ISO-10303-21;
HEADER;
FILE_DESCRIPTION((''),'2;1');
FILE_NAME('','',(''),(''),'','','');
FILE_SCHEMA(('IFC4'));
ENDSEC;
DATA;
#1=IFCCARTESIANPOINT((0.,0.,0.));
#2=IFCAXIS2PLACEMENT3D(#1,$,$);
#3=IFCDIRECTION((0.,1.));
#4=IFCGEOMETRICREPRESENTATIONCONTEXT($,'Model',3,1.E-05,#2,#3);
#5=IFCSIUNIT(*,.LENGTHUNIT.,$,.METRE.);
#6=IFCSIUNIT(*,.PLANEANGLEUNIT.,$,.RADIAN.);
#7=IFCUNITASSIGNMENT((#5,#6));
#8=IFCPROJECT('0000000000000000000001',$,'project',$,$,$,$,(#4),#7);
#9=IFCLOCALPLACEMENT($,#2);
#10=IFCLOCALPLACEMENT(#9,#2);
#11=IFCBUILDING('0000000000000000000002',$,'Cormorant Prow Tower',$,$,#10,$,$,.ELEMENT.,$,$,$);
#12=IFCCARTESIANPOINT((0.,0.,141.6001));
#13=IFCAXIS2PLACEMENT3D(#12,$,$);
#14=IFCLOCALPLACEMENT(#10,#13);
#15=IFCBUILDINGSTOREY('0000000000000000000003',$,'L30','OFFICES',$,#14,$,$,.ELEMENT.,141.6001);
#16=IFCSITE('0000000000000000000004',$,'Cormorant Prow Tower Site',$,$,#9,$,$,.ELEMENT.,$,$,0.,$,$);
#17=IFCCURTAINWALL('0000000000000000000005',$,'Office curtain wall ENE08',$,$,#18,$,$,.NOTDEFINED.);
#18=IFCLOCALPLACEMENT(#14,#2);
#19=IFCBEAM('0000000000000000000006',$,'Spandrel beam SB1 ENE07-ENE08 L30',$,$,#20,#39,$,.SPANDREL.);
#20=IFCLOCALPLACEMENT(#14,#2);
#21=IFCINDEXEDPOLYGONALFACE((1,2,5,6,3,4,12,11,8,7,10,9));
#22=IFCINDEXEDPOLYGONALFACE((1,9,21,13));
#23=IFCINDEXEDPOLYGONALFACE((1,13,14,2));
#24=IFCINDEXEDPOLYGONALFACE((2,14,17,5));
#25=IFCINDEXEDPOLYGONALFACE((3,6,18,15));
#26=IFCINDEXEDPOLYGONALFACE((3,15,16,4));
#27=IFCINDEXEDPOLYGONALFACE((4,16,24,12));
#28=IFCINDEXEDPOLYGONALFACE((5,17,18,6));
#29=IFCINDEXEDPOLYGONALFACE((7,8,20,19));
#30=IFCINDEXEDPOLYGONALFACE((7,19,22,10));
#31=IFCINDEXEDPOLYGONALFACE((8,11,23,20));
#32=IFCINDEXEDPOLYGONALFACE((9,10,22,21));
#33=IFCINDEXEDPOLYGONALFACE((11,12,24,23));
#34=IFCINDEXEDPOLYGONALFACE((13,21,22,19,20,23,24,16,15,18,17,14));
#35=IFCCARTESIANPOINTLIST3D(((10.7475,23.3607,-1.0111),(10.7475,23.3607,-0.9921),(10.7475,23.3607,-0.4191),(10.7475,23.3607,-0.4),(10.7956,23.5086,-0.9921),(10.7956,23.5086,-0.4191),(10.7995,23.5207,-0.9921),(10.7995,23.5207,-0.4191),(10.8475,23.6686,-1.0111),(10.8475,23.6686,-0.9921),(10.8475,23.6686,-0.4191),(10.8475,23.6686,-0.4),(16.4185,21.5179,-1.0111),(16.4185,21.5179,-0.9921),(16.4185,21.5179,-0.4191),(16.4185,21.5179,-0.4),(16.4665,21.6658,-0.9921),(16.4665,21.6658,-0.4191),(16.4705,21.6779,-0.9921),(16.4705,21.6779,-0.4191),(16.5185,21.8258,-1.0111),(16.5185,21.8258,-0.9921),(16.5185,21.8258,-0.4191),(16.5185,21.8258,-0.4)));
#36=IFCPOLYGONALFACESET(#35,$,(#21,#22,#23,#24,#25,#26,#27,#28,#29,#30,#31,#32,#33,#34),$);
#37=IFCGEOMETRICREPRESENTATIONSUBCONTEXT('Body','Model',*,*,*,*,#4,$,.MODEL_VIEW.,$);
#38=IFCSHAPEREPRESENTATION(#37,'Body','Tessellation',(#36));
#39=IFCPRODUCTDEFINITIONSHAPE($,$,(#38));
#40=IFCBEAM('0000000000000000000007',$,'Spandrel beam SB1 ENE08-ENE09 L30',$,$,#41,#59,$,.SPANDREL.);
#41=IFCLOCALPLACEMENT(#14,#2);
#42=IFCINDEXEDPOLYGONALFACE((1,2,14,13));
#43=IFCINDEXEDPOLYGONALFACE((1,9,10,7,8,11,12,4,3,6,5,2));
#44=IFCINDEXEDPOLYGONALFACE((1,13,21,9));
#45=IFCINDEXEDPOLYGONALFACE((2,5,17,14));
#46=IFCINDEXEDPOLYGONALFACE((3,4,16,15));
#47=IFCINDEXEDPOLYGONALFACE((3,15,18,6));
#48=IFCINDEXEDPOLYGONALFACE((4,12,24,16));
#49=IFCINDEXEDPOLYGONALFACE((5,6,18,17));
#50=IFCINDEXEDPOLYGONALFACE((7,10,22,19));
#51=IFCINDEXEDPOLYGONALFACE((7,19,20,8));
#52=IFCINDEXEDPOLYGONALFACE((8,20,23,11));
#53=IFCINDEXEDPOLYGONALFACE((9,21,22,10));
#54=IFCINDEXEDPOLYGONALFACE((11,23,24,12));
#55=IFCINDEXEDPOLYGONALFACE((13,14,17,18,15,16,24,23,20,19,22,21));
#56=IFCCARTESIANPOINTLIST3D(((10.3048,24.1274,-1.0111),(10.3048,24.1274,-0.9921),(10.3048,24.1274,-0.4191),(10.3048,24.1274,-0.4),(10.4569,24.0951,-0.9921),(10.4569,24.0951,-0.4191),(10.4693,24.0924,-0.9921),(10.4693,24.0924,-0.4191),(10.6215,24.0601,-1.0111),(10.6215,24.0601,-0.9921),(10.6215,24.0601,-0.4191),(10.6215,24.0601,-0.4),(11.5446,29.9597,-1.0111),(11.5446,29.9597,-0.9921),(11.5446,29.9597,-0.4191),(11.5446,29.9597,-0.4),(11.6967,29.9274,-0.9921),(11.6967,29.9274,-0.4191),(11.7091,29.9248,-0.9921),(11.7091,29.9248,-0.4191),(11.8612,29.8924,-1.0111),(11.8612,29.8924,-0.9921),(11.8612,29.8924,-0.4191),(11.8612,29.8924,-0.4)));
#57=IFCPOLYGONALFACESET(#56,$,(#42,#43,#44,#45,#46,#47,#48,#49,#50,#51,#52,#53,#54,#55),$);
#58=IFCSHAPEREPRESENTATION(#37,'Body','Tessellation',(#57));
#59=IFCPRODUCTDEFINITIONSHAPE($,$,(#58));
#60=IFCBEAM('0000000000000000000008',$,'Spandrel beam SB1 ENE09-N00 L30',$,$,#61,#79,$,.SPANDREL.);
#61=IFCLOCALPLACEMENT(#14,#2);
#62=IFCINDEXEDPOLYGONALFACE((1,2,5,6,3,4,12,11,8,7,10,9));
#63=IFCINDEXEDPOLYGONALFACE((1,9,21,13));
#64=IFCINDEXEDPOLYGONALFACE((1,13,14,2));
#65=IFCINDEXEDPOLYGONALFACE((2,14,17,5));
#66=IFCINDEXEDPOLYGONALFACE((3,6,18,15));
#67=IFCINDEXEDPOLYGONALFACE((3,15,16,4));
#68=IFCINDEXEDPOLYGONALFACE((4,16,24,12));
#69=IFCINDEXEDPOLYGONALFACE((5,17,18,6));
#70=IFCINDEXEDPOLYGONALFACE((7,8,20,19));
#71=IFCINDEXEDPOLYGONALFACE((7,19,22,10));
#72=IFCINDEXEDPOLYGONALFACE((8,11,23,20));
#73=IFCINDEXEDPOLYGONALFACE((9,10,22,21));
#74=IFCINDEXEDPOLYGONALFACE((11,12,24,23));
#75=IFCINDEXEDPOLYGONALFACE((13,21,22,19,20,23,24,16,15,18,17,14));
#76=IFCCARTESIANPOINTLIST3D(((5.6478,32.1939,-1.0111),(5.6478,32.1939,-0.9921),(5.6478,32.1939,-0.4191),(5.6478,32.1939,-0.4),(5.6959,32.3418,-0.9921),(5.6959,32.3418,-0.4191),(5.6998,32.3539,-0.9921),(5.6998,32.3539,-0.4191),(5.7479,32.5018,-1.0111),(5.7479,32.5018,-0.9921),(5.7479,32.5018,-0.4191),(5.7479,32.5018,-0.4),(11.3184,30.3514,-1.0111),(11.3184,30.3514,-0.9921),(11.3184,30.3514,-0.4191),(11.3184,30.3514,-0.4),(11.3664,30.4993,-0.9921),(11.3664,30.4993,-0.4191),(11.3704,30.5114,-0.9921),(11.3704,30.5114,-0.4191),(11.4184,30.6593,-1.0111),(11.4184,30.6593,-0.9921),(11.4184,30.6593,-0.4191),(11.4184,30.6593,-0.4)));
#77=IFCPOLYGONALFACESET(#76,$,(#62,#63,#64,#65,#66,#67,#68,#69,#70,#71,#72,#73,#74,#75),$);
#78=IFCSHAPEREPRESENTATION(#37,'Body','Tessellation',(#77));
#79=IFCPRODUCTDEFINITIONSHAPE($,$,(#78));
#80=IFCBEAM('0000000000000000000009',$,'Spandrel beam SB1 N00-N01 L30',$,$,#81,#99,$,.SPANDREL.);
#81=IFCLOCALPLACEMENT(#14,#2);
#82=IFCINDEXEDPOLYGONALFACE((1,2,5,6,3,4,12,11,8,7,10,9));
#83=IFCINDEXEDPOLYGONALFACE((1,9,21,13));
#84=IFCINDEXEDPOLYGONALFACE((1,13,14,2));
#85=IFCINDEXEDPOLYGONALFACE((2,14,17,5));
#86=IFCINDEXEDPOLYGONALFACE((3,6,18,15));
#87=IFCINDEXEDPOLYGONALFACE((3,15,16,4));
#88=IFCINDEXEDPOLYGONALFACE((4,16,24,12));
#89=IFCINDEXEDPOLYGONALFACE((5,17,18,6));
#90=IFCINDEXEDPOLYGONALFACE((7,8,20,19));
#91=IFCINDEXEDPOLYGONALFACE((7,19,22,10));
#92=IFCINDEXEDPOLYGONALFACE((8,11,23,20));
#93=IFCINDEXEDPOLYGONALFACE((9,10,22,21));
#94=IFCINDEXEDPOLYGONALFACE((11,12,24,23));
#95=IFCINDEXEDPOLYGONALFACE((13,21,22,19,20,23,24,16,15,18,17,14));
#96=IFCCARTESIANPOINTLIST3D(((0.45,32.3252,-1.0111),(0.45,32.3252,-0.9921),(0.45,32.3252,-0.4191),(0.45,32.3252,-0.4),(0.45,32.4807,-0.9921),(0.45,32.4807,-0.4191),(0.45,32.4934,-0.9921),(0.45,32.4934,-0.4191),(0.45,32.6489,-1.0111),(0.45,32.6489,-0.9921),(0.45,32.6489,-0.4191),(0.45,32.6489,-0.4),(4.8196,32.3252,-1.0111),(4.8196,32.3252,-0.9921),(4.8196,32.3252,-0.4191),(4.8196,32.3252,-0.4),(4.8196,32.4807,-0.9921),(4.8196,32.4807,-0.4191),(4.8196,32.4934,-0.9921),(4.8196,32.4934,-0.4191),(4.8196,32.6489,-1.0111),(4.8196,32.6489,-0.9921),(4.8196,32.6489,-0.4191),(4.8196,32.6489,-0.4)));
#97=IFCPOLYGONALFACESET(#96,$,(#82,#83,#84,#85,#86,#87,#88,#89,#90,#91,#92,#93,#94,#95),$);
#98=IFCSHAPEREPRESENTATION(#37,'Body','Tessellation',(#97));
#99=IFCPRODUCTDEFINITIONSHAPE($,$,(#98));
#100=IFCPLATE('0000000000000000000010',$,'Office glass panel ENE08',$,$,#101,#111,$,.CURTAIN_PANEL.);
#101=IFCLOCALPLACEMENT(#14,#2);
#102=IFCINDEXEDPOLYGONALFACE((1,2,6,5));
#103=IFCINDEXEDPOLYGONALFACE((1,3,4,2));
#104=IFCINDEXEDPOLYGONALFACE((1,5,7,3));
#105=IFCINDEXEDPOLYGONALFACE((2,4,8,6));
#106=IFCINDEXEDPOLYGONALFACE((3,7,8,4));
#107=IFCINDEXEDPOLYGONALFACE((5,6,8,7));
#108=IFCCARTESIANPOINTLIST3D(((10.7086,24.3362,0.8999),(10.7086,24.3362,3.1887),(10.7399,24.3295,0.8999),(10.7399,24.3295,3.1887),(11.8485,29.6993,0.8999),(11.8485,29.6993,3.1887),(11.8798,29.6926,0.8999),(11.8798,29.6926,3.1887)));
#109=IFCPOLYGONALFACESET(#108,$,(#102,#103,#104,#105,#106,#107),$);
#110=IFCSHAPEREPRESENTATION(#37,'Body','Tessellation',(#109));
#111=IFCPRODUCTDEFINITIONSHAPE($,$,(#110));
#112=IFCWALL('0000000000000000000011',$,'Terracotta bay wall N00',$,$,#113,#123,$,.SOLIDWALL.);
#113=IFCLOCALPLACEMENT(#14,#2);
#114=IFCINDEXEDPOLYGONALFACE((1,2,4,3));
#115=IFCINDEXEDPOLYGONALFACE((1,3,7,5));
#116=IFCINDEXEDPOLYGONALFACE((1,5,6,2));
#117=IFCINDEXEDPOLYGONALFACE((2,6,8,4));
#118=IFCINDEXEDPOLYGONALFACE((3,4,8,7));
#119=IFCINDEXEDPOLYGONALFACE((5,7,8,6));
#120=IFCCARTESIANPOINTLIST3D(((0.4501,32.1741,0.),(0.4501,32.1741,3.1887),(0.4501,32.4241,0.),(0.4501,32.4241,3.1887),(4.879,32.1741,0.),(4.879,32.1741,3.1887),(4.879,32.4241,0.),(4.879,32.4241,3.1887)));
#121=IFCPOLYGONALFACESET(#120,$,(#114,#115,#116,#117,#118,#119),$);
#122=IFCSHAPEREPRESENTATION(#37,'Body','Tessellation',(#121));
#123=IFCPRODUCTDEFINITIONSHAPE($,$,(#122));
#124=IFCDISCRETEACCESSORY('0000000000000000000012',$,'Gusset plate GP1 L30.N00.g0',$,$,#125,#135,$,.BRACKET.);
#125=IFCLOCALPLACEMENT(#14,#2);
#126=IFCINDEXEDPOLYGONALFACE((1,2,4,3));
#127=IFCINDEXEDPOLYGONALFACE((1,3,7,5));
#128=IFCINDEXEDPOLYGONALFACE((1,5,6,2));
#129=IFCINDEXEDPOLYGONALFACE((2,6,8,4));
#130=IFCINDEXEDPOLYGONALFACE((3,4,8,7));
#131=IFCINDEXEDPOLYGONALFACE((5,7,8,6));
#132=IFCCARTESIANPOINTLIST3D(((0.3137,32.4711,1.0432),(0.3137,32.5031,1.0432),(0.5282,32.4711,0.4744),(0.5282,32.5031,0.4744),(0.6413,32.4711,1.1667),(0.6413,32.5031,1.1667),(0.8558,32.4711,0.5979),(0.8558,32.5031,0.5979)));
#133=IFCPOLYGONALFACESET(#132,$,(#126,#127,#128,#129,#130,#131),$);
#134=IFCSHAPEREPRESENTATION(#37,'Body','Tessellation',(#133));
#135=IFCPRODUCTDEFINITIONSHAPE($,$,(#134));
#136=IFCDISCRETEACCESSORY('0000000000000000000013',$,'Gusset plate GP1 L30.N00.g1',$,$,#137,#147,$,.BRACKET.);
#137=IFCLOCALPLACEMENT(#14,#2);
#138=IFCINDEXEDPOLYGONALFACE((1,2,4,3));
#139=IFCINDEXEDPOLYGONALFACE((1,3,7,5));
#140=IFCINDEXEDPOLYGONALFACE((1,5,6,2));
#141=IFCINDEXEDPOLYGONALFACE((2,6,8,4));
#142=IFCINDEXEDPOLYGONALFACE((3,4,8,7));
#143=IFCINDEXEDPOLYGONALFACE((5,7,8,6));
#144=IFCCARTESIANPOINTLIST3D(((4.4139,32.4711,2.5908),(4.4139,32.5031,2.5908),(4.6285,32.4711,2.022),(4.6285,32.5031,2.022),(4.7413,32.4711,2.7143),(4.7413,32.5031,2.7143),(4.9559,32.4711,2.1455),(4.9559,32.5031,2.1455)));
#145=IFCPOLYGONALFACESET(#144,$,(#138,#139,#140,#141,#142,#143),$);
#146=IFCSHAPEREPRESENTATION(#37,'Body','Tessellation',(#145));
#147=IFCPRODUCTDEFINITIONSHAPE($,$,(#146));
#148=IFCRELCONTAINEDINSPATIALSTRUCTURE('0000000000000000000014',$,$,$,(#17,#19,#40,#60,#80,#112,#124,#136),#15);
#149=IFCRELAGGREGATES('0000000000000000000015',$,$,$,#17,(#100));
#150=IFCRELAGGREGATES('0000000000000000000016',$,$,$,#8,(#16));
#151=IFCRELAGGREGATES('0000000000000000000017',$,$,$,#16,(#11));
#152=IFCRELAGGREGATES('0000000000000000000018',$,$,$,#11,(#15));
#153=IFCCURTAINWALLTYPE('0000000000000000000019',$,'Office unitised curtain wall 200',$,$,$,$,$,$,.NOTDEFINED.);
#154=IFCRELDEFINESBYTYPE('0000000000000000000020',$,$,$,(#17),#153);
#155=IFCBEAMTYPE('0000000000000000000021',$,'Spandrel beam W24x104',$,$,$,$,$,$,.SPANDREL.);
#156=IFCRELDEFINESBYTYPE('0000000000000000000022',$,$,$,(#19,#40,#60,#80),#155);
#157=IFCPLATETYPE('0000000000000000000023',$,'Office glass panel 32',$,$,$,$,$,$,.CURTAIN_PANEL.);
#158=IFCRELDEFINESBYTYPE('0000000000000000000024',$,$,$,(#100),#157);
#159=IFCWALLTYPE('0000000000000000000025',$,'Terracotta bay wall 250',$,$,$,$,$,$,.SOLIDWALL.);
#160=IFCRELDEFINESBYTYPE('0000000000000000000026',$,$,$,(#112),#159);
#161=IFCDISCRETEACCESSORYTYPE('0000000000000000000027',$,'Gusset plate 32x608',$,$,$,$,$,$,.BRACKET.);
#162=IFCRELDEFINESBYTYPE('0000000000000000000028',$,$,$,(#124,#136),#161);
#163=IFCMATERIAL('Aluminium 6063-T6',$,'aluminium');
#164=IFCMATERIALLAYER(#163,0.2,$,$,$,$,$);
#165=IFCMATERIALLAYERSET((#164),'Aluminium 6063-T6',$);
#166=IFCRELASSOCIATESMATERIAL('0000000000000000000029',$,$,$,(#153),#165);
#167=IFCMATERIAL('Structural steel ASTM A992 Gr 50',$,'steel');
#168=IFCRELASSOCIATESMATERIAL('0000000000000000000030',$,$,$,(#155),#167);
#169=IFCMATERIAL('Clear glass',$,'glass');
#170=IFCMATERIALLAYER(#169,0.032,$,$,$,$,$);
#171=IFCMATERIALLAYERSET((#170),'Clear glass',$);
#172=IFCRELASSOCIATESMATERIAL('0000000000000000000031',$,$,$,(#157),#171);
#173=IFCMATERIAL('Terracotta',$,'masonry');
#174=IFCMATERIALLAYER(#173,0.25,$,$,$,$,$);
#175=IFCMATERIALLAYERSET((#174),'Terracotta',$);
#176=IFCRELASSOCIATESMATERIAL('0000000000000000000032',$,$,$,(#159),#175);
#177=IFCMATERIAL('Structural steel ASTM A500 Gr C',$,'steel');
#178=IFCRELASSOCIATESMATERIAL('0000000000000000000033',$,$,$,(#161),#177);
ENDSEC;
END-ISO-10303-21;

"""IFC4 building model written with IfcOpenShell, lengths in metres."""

from ifc_helpers import new_model, si_unit, direction, frame, frame_2d, origin, origin_2d, place, context, subcontext, project, spatial, rectangle, i_section, extrude, material, layer, layer_set, material_profile, profile_set, type_object, element, aggregate, save


model = new_model("IFC4")

# Units and contexts
model_context = context("Model", 3, precision=1e-05, world=origin(), true_north=direction((0.0, 1.0)))
body_context = subcontext(model_context, "Body", "Model", "MODEL_VIEW")
ifc_project = project(units=[si_unit("LENGTHUNIT", "METRE"), si_unit("PLANEANGLEUNIT", "RADIAN")], contexts=[model_context])

# Site, building, storey
site_placement = place(None, origin())
site = spatial("IfcSite", under=ifc_project, at=site_placement, Name="Cormorant Prow Tower Site", CompositionType="ELEMENT", RefElevation=0.0)
building_placement = place(site_placement, origin())
building = spatial("IfcBuilding", under=site, at=building_placement, Name="Cormorant Prow Tower", CompositionType="ELEMENT")
storey_placement = place(building_placement, frame((0.0, 0.0, 141.6001)))
storey = spatial("IfcBuildingStorey", under=building, at=storey_placement, Name="L30", Description="OFFICES", CompositionType="ELEMENT", Elevation=141.6001)

# Curtain wall
ifc_material_1 = material(Name="Aluminium 6063-T6", Category="aluminium")
ifc_layer_1 = layer(ifc_material_1, 0.2)
ifc_layer_set_1 = layer_set([ifc_layer_1], Name="Aluminium 6063-T6")
curtain_wall_type = type_object("IfcCurtainWallType", Name="Office unitised curtain wall 200", PredefinedType="NOTDEFINED", material=ifc_layer_set_1)
curtain_wall_placement = place(storey_placement, origin())
curtain_wall = element("IfcCurtainWall", 1, at=curtain_wall_placement, inside=storey, type_object=curtain_wall_type, Name="Office curtain wall ENE08", PredefinedType="NOTDEFINED")

# Beams
ifc_material_2 = material(Name="Structural steel ASTM A992 Gr 50", Category="steel")
ifc_material_profile_1 = material_profile(ifc_material_2, i_section(OverallWidth=0.3237, OverallDepth=0.6111, WebThickness=0.0127, FlangeThickness=0.019, at=origin_2d()), Name="W24x104")
ifc_profile_set_1 = profile_set([ifc_material_profile_1], Name="Structural steel ASTM A992 Gr 50")
beam_type_1 = type_object("IfcBeamType", Name="Spandrel beam W24x104", PredefinedType="SPANDREL", material=ifc_profile_set_1)
beam_1_placement = place(storey_placement, frame((16.4685, 21.6719, -0.7056), z_axis=(-0.951047, 0.309045, 0.0), x_axis=(-0.309045, -0.951047, 0.0)))
element("IfcBeam", 2, at=beam_1_placement, inside=storey, type_object=beam_type_1, Name="Spandrel beam SB1 ENE07-ENE08 L30", PredefinedType="SPANDREL", context=body_context, shape_type="SweptSolid", body=[
    extrude(i_section(OverallWidth=0.3237, OverallDepth=0.6111, WebThickness=0.0127, FlangeThickness=0.019, at=origin_2d()), origin(), (0.0, 0.0, 1.0), 5.9629),
])
beam_2_placement = place(storey_placement, frame((10.4631, 24.0938, -0.7056), z_axis=(0.207921, 0.978146, 0.0), x_axis=(-0.978146, 0.207921, 0.0)))
element("IfcBeam", 3, at=beam_2_placement, inside=storey, type_object=beam_type_1, Name="Spandrel beam SB1 ENE08-ENE09 L30", PredefinedType="SPANDREL", context=body_context, shape_type="SweptSolid", body=[
    extrude(i_section(OverallWidth=0.3237, OverallDepth=0.6111, WebThickness=0.0127, FlangeThickness=0.019, at=origin_2d()), origin(), (0.0, 0.0, 1.0), 5.9626),
])
beam_3_placement = place(storey_placement, frame((11.3684, 30.5054, -0.7056), z_axis=(-0.951055, 0.30902, 0.0), x_axis=(-0.30902, -0.951055, 0.0)))
element("IfcBeam", 4, at=beam_3_placement, inside=storey, type_object=beam_type_1, Name="Spandrel beam SB1 ENE09-N00 L30", PredefinedType="SPANDREL", context=body_context, shape_type="SweptSolid", body=[
    extrude(i_section(OverallWidth=0.3237, OverallDepth=0.6111, WebThickness=0.0127, FlangeThickness=0.019, at=origin_2d()), origin(), (0.0, 0.0, 1.0), 5.9624),
])
beam_4_placement = place(storey_placement, frame((4.8196, 32.4871, -0.7056), z_axis=(-1.0, 0.0, 0.0), x_axis=(0.0, -1.0, 0.0)))
element("IfcBeam", 5, at=beam_4_placement, inside=storey, type_object=beam_type_1, Name="Spandrel beam SB1 N00-N01 L30", PredefinedType="SPANDREL", context=body_context, shape_type="SweptSolid", body=[
    extrude(i_section(OverallWidth=0.3237, OverallDepth=0.6111, WebThickness=0.0127, FlangeThickness=0.019, at=origin_2d()), origin(), (0.0, 0.0, 1.0), 4.3696),
])

# Plate
ifc_material_3 = material(Name="Clear glass", Category="glass")
ifc_layer_2 = layer(ifc_material_3, 0.032)
ifc_layer_set_2 = layer_set([ifc_layer_2], Name="Clear glass")
plate_type = type_object("IfcPlateType", Name="Office glass panel 32", PredefinedType="CURTAIN_PANEL", material=ifc_layer_set_2)
plate_placement = place(storey_placement, frame((11.2942, 27.0144, 0.8999), z_axis=(0.0, 0.0, 1.0), x_axis=(0.207912, 0.978148, 0.0)))
plate = element("IfcPlate", 6, at=plate_placement, type_object=plate_type, Name="Office glass panel ENE08", PredefinedType="CURTAIN_PANEL", context=body_context, shape_type="SweptSolid", body=[
    extrude(rectangle(XDim=5.4829, YDim=0.032, at=origin_2d()), origin(), (0.0, 0.0, 1.0), 2.2888),
])
aggregate(curtain_wall, [plate])

# Wall
ifc_material_4 = material(Name="Terracotta", Category="masonry")
ifc_layer_3 = layer(ifc_material_4, 0.25)
ifc_layer_set_3 = layer_set([ifc_layer_3], Name="Terracotta")
wall_type_1 = type_object("IfcWallType", Name="Terracotta bay wall 250", PredefinedType="SOLIDWALL", material=ifc_layer_set_3)
wall_1_placement = place(storey_placement, frame((4.8789, 32.2991, 0.0), z_axis=(0.0, 0.0, 1.0), x_axis=(-1.0, 0.0, 0.0)))
element("IfcWall", 7, at=wall_1_placement, inside=storey, type_object=wall_type_1, Name="Terracotta bay wall N00", PredefinedType="SOLIDWALL", context=body_context, shape_type="SweptSolid", body=[
    extrude(rectangle(XDim=4.429, YDim=0.25, at=frame_2d((2.2144, 0.0))), origin(), (0.0, 0.0, 1.0), 3.1887),
])

# Discrete accessories
ifc_material_5 = material(Name="Structural steel ASTM A500 Gr C", Category="steel")
ifc_material_profile_2 = material_profile(ifc_material_5, rectangle(XDim=0.032, YDim=0.6079, at=origin_2d()), Name="Gusset plate 32x608")
ifc_profile_set_2 = profile_set([ifc_material_profile_2], Name="Structural steel ASTM A500 Gr C")
discrete_accessory_type = type_object("IfcDiscreteAccessoryType", Name="Gusset plate 32x608", PredefinedType="BRACKET", material=ifc_profile_set_2)
discrete_accessory_1_placement = place(storey_placement, frame((0.7485, 32.4871, 0.8823), z_axis=(-0.935697, 0.0, -0.352804), x_axis=(0.0, -1.0, 0.0)))
element("IfcDiscreteAccessory", 8, at=discrete_accessory_1_placement, inside=storey, type_object=discrete_accessory_type, Name="Gusset plate GP1 L30.N00.g0", PredefinedType="BRACKET", context=body_context, shape_type="SweptSolid", body=[
    extrude(rectangle(XDim=0.032, YDim=0.6079, at=origin_2d()), origin(), (0.0, 0.0, 1.0), 0.3501),
])
discrete_accessory_2_placement = place(storey_placement, frame((4.5212, 32.4871, 2.3064), z_axis=(0.93561, 0.0, 0.353034), x_axis=(0.0, 1.0, 0.0)))
element("IfcDiscreteAccessory", 9, at=discrete_accessory_2_placement, inside=storey, type_object=discrete_accessory_type, Name="Gusset plate GP1 L30.N00.g1", PredefinedType="BRACKET", context=body_context, shape_type="SweptSolid", body=[
    extrude(rectangle(XDim=0.032, YDim=0.6079, at=origin_2d()), origin(), (0.0, 0.0, 1.0), 0.3499),
])

save(model, "model.ifc")
